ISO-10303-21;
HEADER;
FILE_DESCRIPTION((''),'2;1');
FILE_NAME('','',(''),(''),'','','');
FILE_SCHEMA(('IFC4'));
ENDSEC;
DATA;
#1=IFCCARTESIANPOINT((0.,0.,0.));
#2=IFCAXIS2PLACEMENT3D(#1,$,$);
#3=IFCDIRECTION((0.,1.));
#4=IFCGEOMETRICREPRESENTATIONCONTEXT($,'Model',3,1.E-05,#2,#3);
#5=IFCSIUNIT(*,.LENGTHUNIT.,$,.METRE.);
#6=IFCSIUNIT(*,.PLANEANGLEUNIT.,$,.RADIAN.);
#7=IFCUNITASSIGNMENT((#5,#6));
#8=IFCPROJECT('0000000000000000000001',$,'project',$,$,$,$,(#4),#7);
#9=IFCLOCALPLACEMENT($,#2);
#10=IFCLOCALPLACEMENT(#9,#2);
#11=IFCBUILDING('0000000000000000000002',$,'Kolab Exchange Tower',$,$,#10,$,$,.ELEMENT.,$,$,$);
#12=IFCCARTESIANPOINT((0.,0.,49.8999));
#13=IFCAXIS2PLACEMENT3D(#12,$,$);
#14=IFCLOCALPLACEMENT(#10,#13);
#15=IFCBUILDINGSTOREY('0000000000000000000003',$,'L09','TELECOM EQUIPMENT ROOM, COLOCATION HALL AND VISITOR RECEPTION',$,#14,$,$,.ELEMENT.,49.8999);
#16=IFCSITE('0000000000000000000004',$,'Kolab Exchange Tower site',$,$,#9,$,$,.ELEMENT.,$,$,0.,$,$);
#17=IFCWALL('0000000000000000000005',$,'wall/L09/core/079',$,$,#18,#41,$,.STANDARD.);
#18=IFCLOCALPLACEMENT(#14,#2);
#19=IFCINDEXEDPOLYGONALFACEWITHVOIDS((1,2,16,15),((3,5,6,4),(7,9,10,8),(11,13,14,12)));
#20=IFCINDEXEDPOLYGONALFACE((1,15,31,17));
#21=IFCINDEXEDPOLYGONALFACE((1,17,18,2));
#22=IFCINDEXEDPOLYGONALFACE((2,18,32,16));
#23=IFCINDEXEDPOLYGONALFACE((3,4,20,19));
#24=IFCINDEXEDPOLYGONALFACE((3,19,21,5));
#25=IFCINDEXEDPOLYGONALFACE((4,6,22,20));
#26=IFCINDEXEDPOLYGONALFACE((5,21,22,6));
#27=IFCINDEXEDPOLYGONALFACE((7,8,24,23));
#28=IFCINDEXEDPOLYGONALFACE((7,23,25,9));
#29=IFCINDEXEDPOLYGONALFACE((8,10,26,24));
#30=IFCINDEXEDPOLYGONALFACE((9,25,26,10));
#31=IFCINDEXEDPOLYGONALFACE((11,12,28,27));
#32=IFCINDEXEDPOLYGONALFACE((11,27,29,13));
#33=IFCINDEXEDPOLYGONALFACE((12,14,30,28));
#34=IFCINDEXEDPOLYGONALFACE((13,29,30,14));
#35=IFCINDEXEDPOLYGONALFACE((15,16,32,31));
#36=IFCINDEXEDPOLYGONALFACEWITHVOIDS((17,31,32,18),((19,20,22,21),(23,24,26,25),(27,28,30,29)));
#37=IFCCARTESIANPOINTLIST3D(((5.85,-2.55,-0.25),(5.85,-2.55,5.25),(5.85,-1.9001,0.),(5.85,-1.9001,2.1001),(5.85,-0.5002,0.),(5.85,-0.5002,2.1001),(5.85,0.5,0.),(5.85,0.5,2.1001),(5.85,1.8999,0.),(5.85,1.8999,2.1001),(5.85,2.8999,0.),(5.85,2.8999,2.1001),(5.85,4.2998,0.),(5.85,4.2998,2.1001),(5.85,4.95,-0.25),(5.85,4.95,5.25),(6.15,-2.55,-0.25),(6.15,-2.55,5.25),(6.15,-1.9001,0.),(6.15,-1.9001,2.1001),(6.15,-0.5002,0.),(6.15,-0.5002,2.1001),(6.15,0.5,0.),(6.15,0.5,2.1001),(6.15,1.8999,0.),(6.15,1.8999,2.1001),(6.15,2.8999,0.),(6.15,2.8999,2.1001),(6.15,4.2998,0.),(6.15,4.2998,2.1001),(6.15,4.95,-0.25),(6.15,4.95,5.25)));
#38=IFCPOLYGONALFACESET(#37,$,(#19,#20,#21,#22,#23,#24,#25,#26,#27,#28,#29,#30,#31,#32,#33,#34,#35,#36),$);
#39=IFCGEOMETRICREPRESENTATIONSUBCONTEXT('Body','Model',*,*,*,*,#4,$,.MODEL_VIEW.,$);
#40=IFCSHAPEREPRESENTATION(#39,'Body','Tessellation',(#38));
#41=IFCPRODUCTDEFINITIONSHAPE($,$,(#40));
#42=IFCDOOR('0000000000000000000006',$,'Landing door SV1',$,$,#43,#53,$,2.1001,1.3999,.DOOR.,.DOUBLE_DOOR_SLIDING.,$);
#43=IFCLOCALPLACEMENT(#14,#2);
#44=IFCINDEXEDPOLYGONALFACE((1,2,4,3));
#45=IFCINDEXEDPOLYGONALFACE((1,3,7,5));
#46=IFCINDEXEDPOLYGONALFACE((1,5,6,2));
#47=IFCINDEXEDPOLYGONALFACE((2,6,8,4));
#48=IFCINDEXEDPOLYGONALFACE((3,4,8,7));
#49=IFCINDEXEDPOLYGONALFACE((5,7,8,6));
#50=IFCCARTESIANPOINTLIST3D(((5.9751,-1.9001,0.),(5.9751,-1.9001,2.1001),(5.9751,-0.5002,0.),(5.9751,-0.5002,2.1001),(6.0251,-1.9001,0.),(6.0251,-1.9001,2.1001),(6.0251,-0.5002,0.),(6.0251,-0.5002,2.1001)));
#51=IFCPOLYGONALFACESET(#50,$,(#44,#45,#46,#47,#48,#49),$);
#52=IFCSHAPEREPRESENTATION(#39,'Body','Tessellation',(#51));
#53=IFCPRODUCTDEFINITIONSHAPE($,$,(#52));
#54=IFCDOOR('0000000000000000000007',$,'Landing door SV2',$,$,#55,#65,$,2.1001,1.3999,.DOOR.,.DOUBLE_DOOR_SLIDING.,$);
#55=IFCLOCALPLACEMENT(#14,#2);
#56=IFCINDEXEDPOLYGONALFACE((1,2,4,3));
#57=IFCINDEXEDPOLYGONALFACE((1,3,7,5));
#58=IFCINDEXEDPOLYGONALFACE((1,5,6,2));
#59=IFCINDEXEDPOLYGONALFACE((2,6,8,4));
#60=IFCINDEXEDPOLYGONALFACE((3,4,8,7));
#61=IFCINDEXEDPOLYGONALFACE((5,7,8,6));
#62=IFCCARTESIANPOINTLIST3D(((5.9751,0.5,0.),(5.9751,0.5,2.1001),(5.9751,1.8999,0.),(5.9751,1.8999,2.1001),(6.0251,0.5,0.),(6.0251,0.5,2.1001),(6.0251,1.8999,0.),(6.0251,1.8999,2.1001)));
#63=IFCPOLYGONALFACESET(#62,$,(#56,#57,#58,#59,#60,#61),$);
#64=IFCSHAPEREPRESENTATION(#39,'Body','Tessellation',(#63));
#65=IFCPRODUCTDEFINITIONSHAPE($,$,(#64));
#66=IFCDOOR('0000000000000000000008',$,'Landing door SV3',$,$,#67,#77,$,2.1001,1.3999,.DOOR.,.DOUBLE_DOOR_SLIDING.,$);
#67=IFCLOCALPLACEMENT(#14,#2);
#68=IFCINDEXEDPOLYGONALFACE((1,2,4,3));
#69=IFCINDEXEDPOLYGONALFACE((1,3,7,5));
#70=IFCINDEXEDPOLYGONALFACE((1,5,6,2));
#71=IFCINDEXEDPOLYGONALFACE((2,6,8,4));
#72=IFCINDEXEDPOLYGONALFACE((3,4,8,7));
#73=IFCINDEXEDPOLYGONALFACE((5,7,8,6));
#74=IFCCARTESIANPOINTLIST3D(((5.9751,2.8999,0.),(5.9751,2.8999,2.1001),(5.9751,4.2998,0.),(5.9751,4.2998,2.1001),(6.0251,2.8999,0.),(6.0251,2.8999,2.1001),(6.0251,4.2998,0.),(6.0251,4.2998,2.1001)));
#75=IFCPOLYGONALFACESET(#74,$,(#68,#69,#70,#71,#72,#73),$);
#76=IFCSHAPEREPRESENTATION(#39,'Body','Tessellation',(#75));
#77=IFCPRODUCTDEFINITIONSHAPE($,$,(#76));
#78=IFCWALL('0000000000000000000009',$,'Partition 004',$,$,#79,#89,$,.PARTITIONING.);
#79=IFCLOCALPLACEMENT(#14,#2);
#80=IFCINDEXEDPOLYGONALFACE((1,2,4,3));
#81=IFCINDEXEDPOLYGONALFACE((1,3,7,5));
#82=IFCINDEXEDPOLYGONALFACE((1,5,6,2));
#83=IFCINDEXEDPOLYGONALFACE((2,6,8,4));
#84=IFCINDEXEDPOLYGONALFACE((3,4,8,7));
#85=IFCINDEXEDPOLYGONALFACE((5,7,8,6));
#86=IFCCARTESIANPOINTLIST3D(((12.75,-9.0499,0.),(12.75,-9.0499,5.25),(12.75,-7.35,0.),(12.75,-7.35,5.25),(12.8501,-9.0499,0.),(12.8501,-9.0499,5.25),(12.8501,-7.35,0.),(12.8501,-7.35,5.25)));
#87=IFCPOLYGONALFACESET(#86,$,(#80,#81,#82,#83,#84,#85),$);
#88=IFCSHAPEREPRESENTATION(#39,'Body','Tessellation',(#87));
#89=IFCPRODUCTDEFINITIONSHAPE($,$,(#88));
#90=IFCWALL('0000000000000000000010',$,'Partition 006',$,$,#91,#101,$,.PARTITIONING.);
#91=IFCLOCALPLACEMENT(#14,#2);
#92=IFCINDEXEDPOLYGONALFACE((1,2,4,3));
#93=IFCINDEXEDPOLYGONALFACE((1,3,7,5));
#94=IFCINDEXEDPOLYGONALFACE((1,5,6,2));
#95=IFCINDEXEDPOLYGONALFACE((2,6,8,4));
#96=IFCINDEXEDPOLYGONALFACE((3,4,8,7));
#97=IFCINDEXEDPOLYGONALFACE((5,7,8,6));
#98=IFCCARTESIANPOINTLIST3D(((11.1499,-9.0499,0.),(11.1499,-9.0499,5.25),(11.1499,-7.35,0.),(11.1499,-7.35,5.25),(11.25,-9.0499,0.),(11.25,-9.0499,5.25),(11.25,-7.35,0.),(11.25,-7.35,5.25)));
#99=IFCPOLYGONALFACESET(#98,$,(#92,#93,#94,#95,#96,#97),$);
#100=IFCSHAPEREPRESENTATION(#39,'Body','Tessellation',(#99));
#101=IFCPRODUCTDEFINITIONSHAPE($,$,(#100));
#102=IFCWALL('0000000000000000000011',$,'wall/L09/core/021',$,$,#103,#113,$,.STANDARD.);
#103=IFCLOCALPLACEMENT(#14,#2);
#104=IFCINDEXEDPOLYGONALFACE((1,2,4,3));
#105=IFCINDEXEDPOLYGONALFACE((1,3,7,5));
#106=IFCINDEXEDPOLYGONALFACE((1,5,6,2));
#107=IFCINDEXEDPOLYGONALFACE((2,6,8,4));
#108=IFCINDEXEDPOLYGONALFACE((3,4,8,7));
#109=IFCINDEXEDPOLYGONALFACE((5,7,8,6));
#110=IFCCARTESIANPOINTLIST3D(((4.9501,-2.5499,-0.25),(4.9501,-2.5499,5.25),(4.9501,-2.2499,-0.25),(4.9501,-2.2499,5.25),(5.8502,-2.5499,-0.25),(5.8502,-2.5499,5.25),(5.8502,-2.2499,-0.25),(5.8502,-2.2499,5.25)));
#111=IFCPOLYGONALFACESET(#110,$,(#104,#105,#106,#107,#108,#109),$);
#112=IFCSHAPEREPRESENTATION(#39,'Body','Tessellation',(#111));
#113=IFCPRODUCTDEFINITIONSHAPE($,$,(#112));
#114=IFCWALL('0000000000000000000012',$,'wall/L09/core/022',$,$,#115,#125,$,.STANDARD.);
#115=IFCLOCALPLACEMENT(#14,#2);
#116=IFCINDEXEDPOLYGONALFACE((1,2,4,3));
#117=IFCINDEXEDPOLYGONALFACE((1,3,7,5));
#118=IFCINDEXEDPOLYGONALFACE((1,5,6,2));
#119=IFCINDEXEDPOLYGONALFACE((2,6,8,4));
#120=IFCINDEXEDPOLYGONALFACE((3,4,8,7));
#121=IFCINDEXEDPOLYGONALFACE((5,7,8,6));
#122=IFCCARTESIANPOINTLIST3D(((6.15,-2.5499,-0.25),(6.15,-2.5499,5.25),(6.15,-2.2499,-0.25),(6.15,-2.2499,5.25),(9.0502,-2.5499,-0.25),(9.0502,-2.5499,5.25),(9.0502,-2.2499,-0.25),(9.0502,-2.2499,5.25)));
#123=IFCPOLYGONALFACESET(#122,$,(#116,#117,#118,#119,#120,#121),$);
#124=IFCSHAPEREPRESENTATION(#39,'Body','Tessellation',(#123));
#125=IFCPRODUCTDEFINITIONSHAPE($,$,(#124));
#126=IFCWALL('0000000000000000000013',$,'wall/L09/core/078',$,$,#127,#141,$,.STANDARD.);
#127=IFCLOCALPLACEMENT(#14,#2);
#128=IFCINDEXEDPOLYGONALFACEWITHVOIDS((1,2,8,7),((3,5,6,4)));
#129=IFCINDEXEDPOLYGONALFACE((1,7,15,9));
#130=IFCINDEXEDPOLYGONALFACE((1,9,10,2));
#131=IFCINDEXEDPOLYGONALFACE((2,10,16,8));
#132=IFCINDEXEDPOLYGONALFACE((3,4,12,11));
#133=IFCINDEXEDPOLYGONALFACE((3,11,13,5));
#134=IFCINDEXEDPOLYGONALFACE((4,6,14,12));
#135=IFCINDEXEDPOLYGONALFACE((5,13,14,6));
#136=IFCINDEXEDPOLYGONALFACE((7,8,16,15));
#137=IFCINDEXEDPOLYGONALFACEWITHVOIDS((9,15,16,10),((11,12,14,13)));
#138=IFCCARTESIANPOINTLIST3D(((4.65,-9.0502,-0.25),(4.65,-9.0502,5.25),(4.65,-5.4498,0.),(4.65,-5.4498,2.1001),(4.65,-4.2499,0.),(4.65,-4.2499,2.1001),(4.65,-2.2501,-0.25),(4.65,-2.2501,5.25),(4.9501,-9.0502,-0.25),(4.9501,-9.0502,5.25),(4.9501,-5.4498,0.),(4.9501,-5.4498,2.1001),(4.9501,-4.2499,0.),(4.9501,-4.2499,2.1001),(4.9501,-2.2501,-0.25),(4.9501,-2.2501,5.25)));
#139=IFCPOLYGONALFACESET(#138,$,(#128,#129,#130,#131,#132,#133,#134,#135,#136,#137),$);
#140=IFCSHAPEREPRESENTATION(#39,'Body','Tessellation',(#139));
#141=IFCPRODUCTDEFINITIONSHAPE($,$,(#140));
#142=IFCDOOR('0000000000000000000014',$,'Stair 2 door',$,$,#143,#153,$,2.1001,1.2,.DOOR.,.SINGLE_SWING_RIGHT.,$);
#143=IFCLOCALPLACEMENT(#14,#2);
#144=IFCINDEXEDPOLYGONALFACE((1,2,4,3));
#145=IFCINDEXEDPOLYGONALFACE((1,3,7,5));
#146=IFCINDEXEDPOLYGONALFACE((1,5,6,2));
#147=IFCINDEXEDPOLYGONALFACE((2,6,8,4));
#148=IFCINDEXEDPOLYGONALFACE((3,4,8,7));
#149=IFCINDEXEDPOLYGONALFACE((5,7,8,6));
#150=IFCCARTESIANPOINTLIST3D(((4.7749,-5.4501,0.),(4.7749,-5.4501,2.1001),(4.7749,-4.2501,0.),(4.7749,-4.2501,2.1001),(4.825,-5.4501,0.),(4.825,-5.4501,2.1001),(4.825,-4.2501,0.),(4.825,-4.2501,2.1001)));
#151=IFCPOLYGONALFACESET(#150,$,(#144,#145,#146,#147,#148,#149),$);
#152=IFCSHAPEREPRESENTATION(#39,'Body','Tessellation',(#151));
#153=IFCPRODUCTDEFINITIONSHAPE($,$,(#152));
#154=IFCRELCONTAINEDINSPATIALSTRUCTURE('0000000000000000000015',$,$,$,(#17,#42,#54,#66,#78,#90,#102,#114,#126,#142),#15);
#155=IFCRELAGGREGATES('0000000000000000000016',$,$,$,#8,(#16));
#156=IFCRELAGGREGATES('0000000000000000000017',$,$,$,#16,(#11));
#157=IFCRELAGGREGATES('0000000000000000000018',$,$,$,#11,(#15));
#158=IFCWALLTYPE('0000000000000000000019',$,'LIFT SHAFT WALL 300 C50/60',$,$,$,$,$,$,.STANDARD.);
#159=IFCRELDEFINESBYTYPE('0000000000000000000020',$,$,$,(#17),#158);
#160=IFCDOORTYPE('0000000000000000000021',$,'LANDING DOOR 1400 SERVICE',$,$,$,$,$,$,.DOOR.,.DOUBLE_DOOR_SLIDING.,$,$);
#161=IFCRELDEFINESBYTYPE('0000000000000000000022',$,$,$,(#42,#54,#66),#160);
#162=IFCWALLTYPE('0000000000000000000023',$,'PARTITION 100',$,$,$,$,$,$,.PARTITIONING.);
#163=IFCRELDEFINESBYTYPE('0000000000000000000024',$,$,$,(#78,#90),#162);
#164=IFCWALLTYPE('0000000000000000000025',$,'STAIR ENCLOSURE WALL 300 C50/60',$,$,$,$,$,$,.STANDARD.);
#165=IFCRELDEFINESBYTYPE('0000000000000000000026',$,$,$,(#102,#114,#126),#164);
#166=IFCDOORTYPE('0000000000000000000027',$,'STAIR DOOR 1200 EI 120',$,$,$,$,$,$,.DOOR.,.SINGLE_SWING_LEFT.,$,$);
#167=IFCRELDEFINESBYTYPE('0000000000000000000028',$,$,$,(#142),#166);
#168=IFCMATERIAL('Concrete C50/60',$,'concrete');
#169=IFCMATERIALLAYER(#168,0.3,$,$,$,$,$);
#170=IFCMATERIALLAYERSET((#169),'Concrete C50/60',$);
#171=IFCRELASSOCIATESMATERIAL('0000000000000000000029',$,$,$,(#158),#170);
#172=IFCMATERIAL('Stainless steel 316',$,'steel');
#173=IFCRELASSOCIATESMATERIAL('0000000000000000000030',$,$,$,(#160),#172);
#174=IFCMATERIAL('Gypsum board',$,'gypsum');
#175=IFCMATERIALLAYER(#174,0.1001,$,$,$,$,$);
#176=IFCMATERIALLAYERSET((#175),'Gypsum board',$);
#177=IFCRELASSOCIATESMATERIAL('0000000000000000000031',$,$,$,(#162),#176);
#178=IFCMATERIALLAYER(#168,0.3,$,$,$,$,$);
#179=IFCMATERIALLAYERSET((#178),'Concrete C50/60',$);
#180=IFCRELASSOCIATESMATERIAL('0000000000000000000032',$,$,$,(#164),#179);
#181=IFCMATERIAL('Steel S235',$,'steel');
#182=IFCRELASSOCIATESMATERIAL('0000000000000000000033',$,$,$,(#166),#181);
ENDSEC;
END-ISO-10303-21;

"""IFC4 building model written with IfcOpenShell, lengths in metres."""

from ifc_helpers import new_model, si_unit, direction, frame, frame_2d, origin, place, context, subcontext, project, spatial, rectangle, extrude, material, layer, layer_set, type_object, element, fill, save


model = new_model("IFC4")

# Units and contexts
model_context = context("Model", 3, precision=1e-05, world=origin(), true_north=direction((0.0, 1.0)))
body_context = subcontext(model_context, "Body", "Model", "MODEL_VIEW")
ifc_project = project(units=[si_unit("LENGTHUNIT", "METRE"), si_unit("PLANEANGLEUNIT", "RADIAN")], contexts=[model_context])

# Site, building, storey
site_placement = place(None, origin())
site = spatial("IfcSite", under=ifc_project, at=site_placement, Name="Kolab Exchange Tower site", CompositionType="ELEMENT", RefElevation=0.0)
building_placement = place(site_placement, origin())
building = spatial("IfcBuilding", under=site, at=building_placement, Name="Kolab Exchange Tower", CompositionType="ELEMENT")
storey_placement = place(building_placement, frame((0.0, 0.0, 49.8999)))
storey = spatial("IfcBuildingStorey", under=building, at=storey_placement, Name="L09", Description="TELECOM EQUIPMENT ROOM, COLOCATION HALL AND VISITOR RECEPTION", CompositionType="ELEMENT", Elevation=49.8999)

# Shared definitions
ifc_material_1 = material(Name="Concrete C50/60", Category="concrete")

# Shared definitions
ifc_layer_1 = layer(ifc_material_1, 0.3)
ifc_layer_set_1 = layer_set([ifc_layer_1], Name="Concrete C50/60")
wall_type_1 = type_object("IfcWallType", Name="LIFT SHAFT WALL 300 C50/60", PredefinedType="STANDARD", material=ifc_layer_set_1)

# Shared definitions
ifc_material_2 = material(Name="Steel S235", Category="steel")

# Wall, openings, doors
wall_1_placement = place(storey_placement, frame((6.0, -2.55, -0.25), z_axis=(0.0, 0.0, 1.0), x_axis=(0.0, 1.0, 0.0)))
wall_1 = element("IfcWall", 1, at=wall_1_placement, inside=storey, type_object=wall_type_1, Name="wall/L09/core/079", PredefinedType="STANDARD", context=body_context, shape_type="SweptSolid", body=[
    extrude(rectangle(XDim=7.5, YDim=0.3, at=frame_2d((3.75, 0.0))), origin(), (0.0, 0.0, 1.0), 5.5),
])
opening_1_placement = place(wall_1_placement, frame((0.6499, 0.0, 0.25)))
opening_1 = element("IfcOpeningElement", 2, at=opening_1_placement, cuts=wall_1, PredefinedType="OPENING", context=body_context, shape_type="SweptSolid", body=[
    extrude(rectangle(XDim=1.3999, YDim=2.1001, at=frame_2d((0.7, 1.05))), frame((0.0, 0.1602, 0.0), z_axis=(0.0, -1.0, 0.0), x_axis=(1.0, 0.0, 0.0)), (0.0, 0.0, 1.0), 0.3201),
])
opening_2_placement = place(wall_1_placement, frame((3.05, 0.0, 0.25)))
opening_2 = element("IfcOpeningElement", 3, at=opening_2_placement, cuts=wall_1, PredefinedType="OPENING", context=body_context, shape_type="SweptSolid", body=[
    extrude(rectangle(XDim=1.3999, YDim=2.1001, at=frame_2d((0.7, 1.05))), frame((0.0, 0.1602, 0.0), z_axis=(0.0, -1.0, 0.0), x_axis=(1.0, 0.0, 0.0)), (0.0, 0.0, 1.0), 0.3201),
])
opening_3_placement = place(wall_1_placement, frame((5.45, 0.0, 0.25)))
opening_3 = element("IfcOpeningElement", 4, at=opening_3_placement, cuts=wall_1, PredefinedType="OPENING", context=body_context, shape_type="SweptSolid", body=[
    extrude(rectangle(XDim=1.3999, YDim=2.1001, at=frame_2d((0.7, 1.05))), frame((0.0, 0.1602, 0.0), z_axis=(0.0, -1.0, 0.0), x_axis=(1.0, 0.0, 0.0)), (0.0, 0.0, 1.0), 0.3201),
])
ifc_material_3 = material(Name="Stainless steel 316", Category="steel")
door_type_1 = type_object("IfcDoorType", Name="LANDING DOOR 1400 SERVICE", OperationType="DOUBLE_DOOR_SLIDING", PredefinedType="DOOR", material=ifc_material_3)
door_1_placement = place(opening_1_placement, origin())
door_1 = element("IfcDoor", 5, at=door_1_placement, inside=storey, type_object=door_type_1, Name="Landing door SV1", OperationType="DOUBLE_DOOR_SLIDING", OverallHeight=2.1001, OverallWidth=1.3999, PredefinedType="DOOR", context=body_context, shape_type="SweptSolid", body=[
    extrude(rectangle(XDim=1.3999, YDim=2.1001, at=frame_2d((0.7, 1.05))), frame((0.0, 0.0249, 0.0), z_axis=(0.0, -1.0, 0.0), x_axis=(1.0, 0.0, 0.0)), (0.0, 0.0, 1.0), 0.05),
])
fill(opening_1, door_1)
door_2_placement = place(opening_2_placement, origin())
door_2 = element("IfcDoor", 6, at=door_2_placement, inside=storey, type_object=door_type_1, Name="Landing door SV2", OperationType="DOUBLE_DOOR_SLIDING", OverallHeight=2.1001, OverallWidth=1.3999, PredefinedType="DOOR", context=body_context, shape_type="SweptSolid", body=[
    extrude(rectangle(XDim=1.3999, YDim=2.1001, at=frame_2d((0.7, 1.05))), frame((0.0, 0.0249, 0.0), z_axis=(0.0, -1.0, 0.0), x_axis=(1.0, 0.0, 0.0)), (0.0, 0.0, 1.0), 0.05),
])
fill(opening_2, door_2)
door_3_placement = place(opening_3_placement, origin())
door_3 = element("IfcDoor", 7, at=door_3_placement, inside=storey, type_object=door_type_1, Name="Landing door SV3", OperationType="DOUBLE_DOOR_SLIDING", OverallHeight=2.1001, OverallWidth=1.3999, PredefinedType="DOOR", context=body_context, shape_type="SweptSolid", body=[
    extrude(rectangle(XDim=1.3999, YDim=2.1001, at=frame_2d((0.7, 1.05))), frame((0.0, 0.0249, 0.0), z_axis=(0.0, -1.0, 0.0), x_axis=(1.0, 0.0, 0.0)), (0.0, 0.0, 1.0), 0.05),
])
fill(opening_3, door_3)

# Walls
ifc_material_4 = material(Name="Gypsum board", Category="gypsum")
ifc_layer_2 = layer(ifc_material_4, 0.1001)
ifc_layer_set_2 = layer_set([ifc_layer_2], Name="Gypsum board")
wall_type_2 = type_object("IfcWallType", Name="PARTITION 100", PredefinedType="PARTITIONING", material=ifc_layer_set_2)
for number, where, z_axis, x_axis, name in (
    (8, (12.8, -9.05, 0.0), (0.0, 0.0, 1.0), (0.0, 1.0, 0.0), "Partition 004"),
    (9, (11.2, -9.05, 0.0), (0.0, 0.0, 1.0), (0.0, 1.0, 0.0), "Partition 006"),
):
    element("IfcWall", number, at=place(storey_placement, frame(where, z_axis=z_axis, x_axis=x_axis)), inside=storey, type_object=wall_type_2, Name=name, PredefinedType="PARTITIONING", context=body_context, shape_type="SweptSolid", body=[
        extrude(rectangle(XDim=1.7, YDim=0.1001, at=frame_2d((0.8501, 0.0))), origin(), (0.0, 0.0, 1.0), 5.25),
    ])
ifc_layer_3 = layer(ifc_material_1, 0.3)
ifc_layer_set_3 = layer_set([ifc_layer_3], Name="Concrete C50/60")
wall_type_3 = type_object("IfcWallType", Name="STAIR ENCLOSURE WALL 300 C50/60", PredefinedType="STANDARD", material=ifc_layer_set_3)
wall_2_placement = place(storey_placement, frame((4.95, -2.3999, -0.25), z_axis=(0.0, 0.0, 1.0), x_axis=(1.0, 0.0, 0.0)))
element("IfcWall", 10, at=wall_2_placement, inside=storey, type_object=wall_type_3, Name="wall/L09/core/021", PredefinedType="STANDARD", context=body_context, shape_type="SweptSolid", body=[
    extrude(rectangle(XDim=0.9001, YDim=0.3, at=frame_2d((0.4502, 0.0))), origin(), (0.0, 0.0, 1.0), 5.5),
])
wall_3_placement = place(storey_placement, frame((6.1499, -2.3999, -0.25), z_axis=(0.0, 0.0, 1.0), x_axis=(1.0, 0.0, 0.0)))
element("IfcWall", 11, at=wall_3_placement, inside=storey, type_object=wall_type_3, Name="wall/L09/core/022", PredefinedType="STANDARD", context=body_context, shape_type="SweptSolid", body=[
    extrude(rectangle(XDim=2.9001, YDim=0.3, at=frame_2d((1.4502, 0.0))), origin(), (0.0, 0.0, 1.0), 5.5),
])

# Wall, opening, door
wall_4_placement = place(storey_placement, frame((4.8, -9.05, -0.25), z_axis=(0.0, 0.0, 1.0), x_axis=(0.0, 1.0, 0.0)))
wall_4 = element("IfcWall", 12, at=wall_4_placement, inside=storey, type_object=wall_type_3, Name="wall/L09/core/078", PredefinedType="STANDARD", context=body_context, shape_type="SweptSolid", body=[
    extrude(rectangle(XDim=6.8, YDim=0.3, at=frame_2d((3.3999, 0.0))), origin(), (0.0, 0.0, 1.0), 5.5),
])
opening_4_placement = place(wall_4_placement, frame((3.6001, 0.0, 0.25)))
opening_4 = element("IfcOpeningElement", 13, at=opening_4_placement, cuts=wall_4, PredefinedType="OPENING", context=body_context, shape_type="SweptSolid", body=[
    extrude(rectangle(XDim=1.2, YDim=2.1001, at=frame_2d((0.6001, 1.05))), frame((0.0, 0.1602, 0.0), z_axis=(0.0, -1.0, 0.0), x_axis=(1.0, 0.0, 0.0)), (0.0, 0.0, 1.0), 0.3201),
])
door_type_2 = type_object("IfcDoorType", Name="STAIR DOOR 1200 EI 120", OperationType="SINGLE_SWING_LEFT", PredefinedType="DOOR", material=ifc_material_2)
door_4_placement = place(opening_4_placement, frame((1.2, 0.0, 0.0), z_axis=(0.0, 0.0, 1.0), x_axis=(-1.0, 0.0, 0.0)))
door_4 = element("IfcDoor", 14, at=door_4_placement, inside=storey, type_object=door_type_2, Name="Stair 2 door", OperationType="SINGLE_SWING_RIGHT", OverallHeight=2.1001, OverallWidth=1.2, PredefinedType="DOOR", context=body_context, shape_type="SweptSolid", body=[
    extrude(rectangle(XDim=1.2, YDim=2.1001, at=frame_2d((0.6001, 1.05))), frame((0.0, 0.0249, 0.0), z_axis=(0.0, -1.0, 0.0), x_axis=(1.0, 0.0, 0.0)), (0.0, 0.0, 1.0), 0.05),
])
fill(opening_4, door_4)

save(model, "model.ifc")
